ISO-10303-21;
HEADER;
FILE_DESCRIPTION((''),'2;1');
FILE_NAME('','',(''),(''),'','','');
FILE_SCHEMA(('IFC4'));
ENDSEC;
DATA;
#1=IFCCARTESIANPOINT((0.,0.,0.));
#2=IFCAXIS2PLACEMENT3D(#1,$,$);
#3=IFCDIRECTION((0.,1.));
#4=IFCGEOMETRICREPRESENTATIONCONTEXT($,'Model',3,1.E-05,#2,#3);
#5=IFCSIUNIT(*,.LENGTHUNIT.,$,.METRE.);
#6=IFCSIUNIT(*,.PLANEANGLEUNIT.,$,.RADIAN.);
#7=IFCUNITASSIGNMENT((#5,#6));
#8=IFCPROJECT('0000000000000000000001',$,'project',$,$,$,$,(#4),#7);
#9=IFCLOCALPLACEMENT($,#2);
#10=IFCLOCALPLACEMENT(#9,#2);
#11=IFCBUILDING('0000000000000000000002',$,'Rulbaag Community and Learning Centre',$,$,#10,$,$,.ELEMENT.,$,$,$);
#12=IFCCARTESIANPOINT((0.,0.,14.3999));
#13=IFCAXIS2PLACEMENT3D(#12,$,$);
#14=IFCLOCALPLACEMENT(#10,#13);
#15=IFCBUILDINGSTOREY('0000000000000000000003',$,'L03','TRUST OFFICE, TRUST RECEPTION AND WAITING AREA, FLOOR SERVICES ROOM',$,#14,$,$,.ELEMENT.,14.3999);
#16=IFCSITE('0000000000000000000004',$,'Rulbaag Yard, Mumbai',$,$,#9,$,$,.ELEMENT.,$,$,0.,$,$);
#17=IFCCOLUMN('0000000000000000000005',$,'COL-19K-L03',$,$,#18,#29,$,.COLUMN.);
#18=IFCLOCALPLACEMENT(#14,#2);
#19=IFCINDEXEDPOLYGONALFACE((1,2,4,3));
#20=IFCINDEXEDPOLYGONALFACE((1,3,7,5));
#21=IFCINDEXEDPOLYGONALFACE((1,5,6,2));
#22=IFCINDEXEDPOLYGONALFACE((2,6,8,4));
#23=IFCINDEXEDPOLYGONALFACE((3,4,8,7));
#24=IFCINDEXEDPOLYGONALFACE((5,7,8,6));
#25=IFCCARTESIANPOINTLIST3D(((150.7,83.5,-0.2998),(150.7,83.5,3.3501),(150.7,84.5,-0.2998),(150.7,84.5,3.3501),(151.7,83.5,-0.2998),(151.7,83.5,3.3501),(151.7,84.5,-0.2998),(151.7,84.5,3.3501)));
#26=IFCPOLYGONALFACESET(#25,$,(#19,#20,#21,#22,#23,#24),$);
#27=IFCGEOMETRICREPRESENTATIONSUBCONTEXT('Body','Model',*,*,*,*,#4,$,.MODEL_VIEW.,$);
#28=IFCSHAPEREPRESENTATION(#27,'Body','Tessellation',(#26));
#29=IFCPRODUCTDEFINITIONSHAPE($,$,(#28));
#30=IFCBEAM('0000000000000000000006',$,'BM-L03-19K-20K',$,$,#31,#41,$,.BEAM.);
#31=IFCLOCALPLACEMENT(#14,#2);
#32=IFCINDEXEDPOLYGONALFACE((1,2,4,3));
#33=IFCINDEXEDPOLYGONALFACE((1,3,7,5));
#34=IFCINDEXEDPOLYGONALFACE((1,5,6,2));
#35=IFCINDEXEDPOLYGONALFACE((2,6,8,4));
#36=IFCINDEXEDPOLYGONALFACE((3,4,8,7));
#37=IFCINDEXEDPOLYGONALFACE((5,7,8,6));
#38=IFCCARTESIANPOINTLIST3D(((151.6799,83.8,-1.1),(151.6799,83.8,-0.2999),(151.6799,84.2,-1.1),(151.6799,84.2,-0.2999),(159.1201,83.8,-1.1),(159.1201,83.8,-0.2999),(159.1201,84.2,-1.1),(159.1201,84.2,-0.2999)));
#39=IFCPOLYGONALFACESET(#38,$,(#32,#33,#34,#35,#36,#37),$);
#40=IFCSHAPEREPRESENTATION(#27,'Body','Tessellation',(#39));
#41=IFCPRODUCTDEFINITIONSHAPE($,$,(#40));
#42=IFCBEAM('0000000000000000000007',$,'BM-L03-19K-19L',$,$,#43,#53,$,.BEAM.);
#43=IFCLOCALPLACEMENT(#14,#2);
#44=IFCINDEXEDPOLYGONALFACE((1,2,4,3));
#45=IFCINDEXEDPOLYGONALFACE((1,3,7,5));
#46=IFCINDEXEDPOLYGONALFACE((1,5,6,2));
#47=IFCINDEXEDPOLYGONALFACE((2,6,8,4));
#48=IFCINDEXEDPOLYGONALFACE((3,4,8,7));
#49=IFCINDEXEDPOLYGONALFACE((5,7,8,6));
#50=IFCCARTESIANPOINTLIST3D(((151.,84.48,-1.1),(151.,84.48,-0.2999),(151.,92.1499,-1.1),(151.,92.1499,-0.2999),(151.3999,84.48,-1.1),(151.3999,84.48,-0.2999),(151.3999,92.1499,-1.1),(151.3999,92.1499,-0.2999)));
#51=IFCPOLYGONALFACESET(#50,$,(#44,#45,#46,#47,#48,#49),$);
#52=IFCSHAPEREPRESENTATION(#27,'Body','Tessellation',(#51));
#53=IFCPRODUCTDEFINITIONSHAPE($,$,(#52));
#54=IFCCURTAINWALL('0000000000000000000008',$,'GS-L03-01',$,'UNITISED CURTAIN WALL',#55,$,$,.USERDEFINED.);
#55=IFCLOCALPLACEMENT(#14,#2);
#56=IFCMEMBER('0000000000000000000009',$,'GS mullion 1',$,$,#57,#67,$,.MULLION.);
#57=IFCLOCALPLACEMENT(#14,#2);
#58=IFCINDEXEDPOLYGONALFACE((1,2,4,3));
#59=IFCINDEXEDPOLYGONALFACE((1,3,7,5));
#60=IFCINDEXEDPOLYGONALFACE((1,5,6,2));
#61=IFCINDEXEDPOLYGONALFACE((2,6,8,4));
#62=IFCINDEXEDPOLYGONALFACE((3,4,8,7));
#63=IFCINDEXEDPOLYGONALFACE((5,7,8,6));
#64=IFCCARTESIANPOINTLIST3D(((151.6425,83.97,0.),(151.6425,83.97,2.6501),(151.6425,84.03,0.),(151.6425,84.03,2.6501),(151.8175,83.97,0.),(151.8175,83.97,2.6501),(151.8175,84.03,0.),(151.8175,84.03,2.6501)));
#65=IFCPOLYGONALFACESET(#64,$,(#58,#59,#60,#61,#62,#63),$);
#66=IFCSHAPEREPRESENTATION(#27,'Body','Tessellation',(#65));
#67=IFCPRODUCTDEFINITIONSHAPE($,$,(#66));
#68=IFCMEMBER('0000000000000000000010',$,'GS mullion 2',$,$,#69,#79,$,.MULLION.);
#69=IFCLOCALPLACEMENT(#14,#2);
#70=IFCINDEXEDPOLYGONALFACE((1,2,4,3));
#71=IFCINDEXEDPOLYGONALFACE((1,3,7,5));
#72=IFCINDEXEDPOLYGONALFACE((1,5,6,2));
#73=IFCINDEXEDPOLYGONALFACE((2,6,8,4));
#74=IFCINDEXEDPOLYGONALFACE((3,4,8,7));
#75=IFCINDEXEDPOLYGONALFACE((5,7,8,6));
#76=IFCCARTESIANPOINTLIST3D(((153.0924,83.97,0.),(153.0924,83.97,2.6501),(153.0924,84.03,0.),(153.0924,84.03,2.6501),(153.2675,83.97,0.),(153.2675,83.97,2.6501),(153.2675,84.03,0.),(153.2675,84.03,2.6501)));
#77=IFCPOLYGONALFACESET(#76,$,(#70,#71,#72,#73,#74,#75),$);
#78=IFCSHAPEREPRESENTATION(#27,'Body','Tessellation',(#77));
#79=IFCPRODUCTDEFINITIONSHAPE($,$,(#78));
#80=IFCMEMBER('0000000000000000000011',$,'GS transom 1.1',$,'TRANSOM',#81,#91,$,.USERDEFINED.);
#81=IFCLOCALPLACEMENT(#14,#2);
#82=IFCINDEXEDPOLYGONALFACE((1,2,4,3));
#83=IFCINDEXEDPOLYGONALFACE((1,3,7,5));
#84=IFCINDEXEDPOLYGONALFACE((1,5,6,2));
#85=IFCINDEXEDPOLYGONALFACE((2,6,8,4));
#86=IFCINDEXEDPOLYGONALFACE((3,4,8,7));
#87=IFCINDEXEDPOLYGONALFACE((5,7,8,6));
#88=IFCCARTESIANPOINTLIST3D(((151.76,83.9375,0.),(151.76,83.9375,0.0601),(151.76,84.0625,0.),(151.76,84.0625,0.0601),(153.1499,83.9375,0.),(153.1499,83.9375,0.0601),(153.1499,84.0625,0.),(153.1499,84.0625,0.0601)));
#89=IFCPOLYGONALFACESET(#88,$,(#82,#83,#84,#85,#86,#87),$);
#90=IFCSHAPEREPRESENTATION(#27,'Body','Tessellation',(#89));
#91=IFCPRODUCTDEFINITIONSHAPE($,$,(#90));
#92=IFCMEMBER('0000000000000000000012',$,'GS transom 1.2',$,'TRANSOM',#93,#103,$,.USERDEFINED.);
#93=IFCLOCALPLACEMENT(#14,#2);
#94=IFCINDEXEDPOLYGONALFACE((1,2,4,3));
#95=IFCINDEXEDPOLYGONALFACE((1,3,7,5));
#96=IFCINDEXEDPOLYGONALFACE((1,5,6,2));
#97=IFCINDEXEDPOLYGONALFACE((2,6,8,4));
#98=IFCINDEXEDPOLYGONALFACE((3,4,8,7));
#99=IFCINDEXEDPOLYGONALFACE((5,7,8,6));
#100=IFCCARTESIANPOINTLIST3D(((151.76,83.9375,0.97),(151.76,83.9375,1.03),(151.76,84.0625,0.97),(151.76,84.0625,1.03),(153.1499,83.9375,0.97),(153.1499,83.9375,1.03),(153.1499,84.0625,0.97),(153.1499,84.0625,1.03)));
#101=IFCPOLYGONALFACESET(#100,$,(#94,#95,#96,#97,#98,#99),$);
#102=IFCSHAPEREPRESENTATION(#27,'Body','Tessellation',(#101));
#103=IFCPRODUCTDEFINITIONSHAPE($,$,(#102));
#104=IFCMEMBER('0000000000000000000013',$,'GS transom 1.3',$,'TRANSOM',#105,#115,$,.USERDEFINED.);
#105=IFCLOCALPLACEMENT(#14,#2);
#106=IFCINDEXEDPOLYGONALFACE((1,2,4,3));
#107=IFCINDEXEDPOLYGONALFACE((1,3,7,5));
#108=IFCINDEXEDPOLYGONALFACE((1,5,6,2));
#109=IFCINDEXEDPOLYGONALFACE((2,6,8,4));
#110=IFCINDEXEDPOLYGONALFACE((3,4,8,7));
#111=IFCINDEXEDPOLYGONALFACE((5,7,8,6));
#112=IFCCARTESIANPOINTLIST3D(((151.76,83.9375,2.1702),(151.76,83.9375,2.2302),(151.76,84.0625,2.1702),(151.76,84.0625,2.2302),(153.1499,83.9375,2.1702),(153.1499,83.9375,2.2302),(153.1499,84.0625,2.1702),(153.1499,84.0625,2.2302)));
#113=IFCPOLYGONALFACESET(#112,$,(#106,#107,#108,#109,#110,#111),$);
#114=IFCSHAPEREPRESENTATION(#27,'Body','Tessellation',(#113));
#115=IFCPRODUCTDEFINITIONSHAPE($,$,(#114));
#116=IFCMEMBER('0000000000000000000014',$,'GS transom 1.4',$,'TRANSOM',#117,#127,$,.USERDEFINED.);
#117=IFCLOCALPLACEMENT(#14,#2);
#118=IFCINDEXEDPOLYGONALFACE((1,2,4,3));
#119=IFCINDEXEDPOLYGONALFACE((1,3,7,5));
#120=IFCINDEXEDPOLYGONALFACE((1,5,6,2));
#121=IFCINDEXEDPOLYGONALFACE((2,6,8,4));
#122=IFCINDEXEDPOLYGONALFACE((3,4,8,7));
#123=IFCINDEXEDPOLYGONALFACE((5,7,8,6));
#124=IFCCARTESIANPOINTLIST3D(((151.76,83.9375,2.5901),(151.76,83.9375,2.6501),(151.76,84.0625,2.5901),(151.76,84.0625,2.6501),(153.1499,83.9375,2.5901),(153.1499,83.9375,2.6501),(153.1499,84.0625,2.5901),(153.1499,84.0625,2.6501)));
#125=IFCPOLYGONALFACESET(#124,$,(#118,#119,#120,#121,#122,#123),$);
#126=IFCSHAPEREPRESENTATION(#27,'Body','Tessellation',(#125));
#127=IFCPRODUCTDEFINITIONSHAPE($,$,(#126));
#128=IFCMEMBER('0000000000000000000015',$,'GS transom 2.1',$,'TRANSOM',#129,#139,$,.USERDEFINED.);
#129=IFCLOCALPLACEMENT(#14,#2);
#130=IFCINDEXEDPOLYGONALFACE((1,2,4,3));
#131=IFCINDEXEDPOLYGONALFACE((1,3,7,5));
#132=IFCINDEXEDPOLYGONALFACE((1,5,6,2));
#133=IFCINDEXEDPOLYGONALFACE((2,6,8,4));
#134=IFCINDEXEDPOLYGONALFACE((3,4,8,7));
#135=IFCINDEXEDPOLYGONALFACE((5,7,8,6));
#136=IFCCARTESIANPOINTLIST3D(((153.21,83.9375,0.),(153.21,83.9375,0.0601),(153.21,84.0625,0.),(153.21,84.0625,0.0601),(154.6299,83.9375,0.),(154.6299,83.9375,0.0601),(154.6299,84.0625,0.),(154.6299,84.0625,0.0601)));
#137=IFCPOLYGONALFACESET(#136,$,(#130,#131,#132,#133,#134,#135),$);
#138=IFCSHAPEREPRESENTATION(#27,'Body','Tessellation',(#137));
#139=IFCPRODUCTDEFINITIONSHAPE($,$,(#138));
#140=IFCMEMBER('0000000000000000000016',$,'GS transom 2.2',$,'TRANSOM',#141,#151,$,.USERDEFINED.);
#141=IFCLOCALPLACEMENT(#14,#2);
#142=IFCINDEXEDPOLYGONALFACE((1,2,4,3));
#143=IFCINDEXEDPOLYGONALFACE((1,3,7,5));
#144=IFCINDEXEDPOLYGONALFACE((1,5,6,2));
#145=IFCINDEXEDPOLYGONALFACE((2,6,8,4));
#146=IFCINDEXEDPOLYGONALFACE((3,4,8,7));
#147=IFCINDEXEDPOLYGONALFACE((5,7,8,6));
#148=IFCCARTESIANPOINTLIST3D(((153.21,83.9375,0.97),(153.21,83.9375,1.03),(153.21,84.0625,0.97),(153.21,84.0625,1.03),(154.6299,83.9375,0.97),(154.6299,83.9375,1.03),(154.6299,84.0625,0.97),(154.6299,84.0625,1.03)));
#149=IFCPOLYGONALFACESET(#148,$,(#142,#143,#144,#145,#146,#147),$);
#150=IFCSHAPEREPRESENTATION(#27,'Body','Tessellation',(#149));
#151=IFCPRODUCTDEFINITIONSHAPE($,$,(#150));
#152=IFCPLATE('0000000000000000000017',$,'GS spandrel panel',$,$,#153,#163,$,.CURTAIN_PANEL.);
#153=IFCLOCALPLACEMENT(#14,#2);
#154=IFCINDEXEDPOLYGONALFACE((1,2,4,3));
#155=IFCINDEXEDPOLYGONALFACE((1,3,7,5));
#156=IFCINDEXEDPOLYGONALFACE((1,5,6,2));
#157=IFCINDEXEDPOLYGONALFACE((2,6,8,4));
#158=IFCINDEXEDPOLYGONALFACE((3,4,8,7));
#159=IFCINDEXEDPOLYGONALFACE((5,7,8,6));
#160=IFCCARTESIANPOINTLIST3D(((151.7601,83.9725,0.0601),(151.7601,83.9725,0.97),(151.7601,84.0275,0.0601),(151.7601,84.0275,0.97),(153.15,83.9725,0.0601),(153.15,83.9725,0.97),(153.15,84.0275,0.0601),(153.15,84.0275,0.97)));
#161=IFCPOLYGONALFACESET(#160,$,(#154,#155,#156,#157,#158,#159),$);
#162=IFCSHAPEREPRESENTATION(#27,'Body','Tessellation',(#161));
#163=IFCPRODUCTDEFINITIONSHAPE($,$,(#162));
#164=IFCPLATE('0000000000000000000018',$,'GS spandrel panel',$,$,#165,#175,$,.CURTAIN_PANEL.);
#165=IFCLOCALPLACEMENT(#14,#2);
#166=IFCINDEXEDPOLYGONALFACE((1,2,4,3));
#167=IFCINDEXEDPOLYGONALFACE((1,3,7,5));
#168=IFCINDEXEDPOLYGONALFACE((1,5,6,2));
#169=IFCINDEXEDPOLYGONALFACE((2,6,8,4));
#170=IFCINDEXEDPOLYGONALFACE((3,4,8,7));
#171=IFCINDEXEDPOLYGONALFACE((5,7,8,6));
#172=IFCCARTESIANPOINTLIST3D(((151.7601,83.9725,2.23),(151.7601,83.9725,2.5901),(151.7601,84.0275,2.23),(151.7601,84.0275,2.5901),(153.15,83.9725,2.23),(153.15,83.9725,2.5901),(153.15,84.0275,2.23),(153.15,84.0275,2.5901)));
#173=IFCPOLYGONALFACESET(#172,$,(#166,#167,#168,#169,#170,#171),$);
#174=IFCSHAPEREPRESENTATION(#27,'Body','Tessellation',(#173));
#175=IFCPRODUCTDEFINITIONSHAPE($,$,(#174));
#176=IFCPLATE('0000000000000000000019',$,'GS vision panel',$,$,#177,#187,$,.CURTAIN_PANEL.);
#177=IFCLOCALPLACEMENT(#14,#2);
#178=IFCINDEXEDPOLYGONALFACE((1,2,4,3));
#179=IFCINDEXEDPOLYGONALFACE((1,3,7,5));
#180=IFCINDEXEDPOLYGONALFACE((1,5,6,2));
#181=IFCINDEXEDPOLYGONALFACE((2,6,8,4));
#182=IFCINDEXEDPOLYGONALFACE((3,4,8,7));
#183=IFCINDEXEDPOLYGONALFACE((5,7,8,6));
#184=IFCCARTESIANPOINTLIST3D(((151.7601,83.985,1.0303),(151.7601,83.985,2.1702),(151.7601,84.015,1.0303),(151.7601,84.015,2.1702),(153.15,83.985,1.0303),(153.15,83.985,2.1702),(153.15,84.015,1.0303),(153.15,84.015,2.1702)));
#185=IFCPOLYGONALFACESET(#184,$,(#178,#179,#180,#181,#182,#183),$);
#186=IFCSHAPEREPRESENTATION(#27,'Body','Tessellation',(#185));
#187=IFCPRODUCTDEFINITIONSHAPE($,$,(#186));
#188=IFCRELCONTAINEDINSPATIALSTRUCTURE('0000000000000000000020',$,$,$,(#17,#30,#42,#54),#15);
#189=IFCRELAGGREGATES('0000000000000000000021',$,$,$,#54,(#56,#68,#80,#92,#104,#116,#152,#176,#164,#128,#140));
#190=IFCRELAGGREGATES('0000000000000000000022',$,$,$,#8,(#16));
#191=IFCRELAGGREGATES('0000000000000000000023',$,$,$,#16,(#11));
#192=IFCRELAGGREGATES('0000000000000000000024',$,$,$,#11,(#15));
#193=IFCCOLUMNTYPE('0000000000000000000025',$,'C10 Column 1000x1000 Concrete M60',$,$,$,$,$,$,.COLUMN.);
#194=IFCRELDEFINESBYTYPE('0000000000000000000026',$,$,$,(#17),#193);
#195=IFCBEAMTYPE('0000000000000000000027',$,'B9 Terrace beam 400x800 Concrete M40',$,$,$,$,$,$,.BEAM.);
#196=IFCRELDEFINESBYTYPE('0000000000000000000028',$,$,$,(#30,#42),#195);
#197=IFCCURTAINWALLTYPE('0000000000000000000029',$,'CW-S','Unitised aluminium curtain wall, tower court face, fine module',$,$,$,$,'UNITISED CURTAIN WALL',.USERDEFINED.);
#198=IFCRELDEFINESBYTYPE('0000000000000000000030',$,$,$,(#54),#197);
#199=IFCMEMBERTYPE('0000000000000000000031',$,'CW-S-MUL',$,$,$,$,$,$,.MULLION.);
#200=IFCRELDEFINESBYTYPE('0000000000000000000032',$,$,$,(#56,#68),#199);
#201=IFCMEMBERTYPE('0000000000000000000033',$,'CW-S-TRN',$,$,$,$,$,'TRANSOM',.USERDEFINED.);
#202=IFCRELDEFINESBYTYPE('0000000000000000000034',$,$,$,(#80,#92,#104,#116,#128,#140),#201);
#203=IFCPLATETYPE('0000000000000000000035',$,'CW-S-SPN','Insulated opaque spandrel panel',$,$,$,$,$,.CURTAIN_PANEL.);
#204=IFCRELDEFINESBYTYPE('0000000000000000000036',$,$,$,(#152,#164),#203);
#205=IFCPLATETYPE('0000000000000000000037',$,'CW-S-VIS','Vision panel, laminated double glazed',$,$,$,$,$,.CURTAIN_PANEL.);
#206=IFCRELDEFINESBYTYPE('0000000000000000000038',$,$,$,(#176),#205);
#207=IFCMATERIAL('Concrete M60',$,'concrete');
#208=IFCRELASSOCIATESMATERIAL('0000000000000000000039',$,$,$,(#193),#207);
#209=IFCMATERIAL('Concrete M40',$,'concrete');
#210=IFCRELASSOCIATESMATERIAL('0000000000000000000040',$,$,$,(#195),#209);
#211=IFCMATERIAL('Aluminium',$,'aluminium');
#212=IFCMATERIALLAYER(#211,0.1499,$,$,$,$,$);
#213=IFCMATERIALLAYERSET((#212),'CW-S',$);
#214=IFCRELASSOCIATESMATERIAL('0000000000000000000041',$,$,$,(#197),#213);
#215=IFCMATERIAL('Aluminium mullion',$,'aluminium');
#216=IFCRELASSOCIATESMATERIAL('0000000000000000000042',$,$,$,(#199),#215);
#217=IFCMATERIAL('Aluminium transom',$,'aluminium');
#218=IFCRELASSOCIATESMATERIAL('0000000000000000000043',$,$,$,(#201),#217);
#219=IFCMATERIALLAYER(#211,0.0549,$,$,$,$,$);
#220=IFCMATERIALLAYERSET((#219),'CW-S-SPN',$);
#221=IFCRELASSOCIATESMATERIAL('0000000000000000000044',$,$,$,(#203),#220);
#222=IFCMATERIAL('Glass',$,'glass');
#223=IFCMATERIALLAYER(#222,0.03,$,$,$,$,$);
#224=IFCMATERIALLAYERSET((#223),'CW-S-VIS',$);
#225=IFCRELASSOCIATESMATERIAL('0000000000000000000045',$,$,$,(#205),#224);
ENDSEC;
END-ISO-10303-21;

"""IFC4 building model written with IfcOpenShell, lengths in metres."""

from ifc_helpers import new_model, si_unit, direction, frame, origin, origin_2d, place, context, subcontext, project, spatial, rectangle, extrude, material, layer, layer_set, material_profile, profile_set, type_object, element, aggregate, save


model = new_model("IFC4")

# Units and contexts
model_context = context("Model", 3, precision=1e-05, world=origin(), true_north=direction((0.0, 1.0)))
body_context = subcontext(model_context, "Body", "Model", "MODEL_VIEW")
ifc_project = project(units=[si_unit("LENGTHUNIT", "METRE"), si_unit("PLANEANGLEUNIT", "RADIAN")], contexts=[model_context])

# Site, building, storey
site_placement = place(None, origin())
site = spatial("IfcSite", under=ifc_project, at=site_placement, Name="Rulbaag Yard, Mumbai", CompositionType="ELEMENT", RefElevation=0.0)
building_placement = place(site_placement, origin())
building = spatial("IfcBuilding", under=site, at=building_placement, Name="Rulbaag Community and Learning Centre", CompositionType="ELEMENT")
storey_placement = place(building_placement, frame((0.0, 0.0, 14.3999)))
storey = spatial("IfcBuildingStorey", under=building, at=storey_placement, Name="L03", Description="TRUST OFFICE, TRUST RECEPTION AND WAITING AREA, FLOOR SERVICES ROOM", CompositionType="ELEMENT", Elevation=14.3999)

# Column
ifc_material_1 = material(Name="Concrete M60", Category="concrete")
ifc_material_profile_1 = material_profile(ifc_material_1, rectangle(XDim=1.0, YDim=1.0, at=origin_2d()), Name="RC1000x1000")
ifc_profile_set_1 = profile_set([ifc_material_profile_1], Name="Concrete M60")
column_type = type_object("IfcColumnType", Name="C10 Column 1000x1000 Concrete M60", PredefinedType="COLUMN", material=ifc_profile_set_1)
column_placement = place(storey_placement, frame((151.2, 84.0, -0.2998), z_axis=(0.0, 0.0, 1.0), x_axis=(1.0, 0.0, 0.0)))
element("IfcColumn", 1, at=column_placement, inside=storey, type_object=column_type, Name="COL-19K-L03", PredefinedType="COLUMN", context=body_context, shape_type="SweptSolid", body=[
    extrude(rectangle(XDim=1.0, YDim=1.0, at=origin_2d()), origin(), (0.0, 0.0, 1.0), 3.6499),
])

# Beams
ifc_material_2 = material(Name="Concrete M40", Category="concrete")
ifc_material_profile_2 = material_profile(ifc_material_2, rectangle(XDim=0.3999, YDim=0.8, at=origin_2d()), Name="RB400x800")
ifc_profile_set_2 = profile_set([ifc_material_profile_2], Name="Concrete M40")
beam_type = type_object("IfcBeamType", Name="B9 Terrace beam 400x800 Concrete M40", PredefinedType="BEAM", material=ifc_profile_set_2)
beam_1_placement = place(storey_placement, frame((151.6799, 84.0, -0.7), z_axis=(1.0, 0.0, 0.0), x_axis=(0.0, 1.0, 0.0)))
element("IfcBeam", 2, at=beam_1_placement, inside=storey, type_object=beam_type, Name="BM-L03-19K-20K", PredefinedType="BEAM", context=body_context, shape_type="SweptSolid", body=[
    extrude(rectangle(XDim=0.3999, YDim=0.8, at=origin_2d()), origin(), (0.0, 0.0, 1.0), 7.4402),
])
beam_2_placement = place(storey_placement, frame((151.2, 84.48, -0.7), z_axis=(0.0, 1.0, 0.0), x_axis=(-1.0, 0.0, 0.0)))
element("IfcBeam", 3, at=beam_2_placement, inside=storey, type_object=beam_type, Name="BM-L03-19K-19L", PredefinedType="BEAM", context=body_context, shape_type="SweptSolid", body=[
    extrude(rectangle(XDim=0.3999, YDim=0.8, at=origin_2d()), origin(), (0.0, 0.0, 1.0), 7.6699),
])

# Curtain wall, members, plates
ifc_material_3 = material(Name="Aluminium", Category="aluminium")
ifc_layer_1 = layer(ifc_material_3, 0.1499)
ifc_layer_set_1 = layer_set([ifc_layer_1], Name="CW-S")
curtain_wall_type = type_object("IfcCurtainWallType", Name="CW-S", Description="Unitised aluminium curtain wall, tower court face, fine module", ElementType="UNITISED CURTAIN WALL", PredefinedType="USERDEFINED", material=ifc_layer_set_1)
curtain_wall_placement = place(storey_placement, origin())
curtain_wall = element("IfcCurtainWall", 4, at=curtain_wall_placement, inside=storey, type_object=curtain_wall_type, Name="GS-L03-01", ObjectType="UNITISED CURTAIN WALL", PredefinedType="USERDEFINED")
ifc_material_4 = material(Name="Aluminium mullion", Category="aluminium")
ifc_material_profile_3 = material_profile(ifc_material_4, rectangle(XDim=0.0601, YDim=0.175, at=origin_2d()), Name="AL 60x175")
ifc_profile_set_3 = profile_set([ifc_material_profile_3], Name="Aluminium mullion")
member_type_1 = type_object("IfcMemberType", Name="CW-S-MUL", PredefinedType="MULLION", material=ifc_profile_set_3)
member_1_placement = place(storey_placement, frame((151.73, 84.0, 0.0), z_axis=(0.0, 0.0, 1.0), x_axis=(0.0, 1.0, 0.0)))
member_1 = element("IfcMember", 5, at=member_1_placement, type_object=member_type_1, Name="GS mullion 1", PredefinedType="MULLION", context=body_context, shape_type="SweptSolid", body=[
    extrude(rectangle(XDim=0.0601, YDim=0.175, at=origin_2d()), origin(), (0.0, 0.0, 1.0), 2.6501),
])
member_2_placement = place(storey_placement, frame((153.1799, 84.0, 0.0), z_axis=(0.0, 0.0, 1.0), x_axis=(0.0, 1.0, 0.0)))
member_2 = element("IfcMember", 6, at=member_2_placement, type_object=member_type_1, Name="GS mullion 2", PredefinedType="MULLION", context=body_context, shape_type="SweptSolid", body=[
    extrude(rectangle(XDim=0.0601, YDim=0.175, at=origin_2d()), origin(), (0.0, 0.0, 1.0), 2.6501),
])
ifc_material_5 = material(Name="Aluminium transom", Category="aluminium")
ifc_material_profile_4 = material_profile(ifc_material_5, rectangle(XDim=0.125, YDim=0.0601, at=origin_2d()), Name="AL 60x125 T")
ifc_profile_set_4 = profile_set([ifc_material_profile_4], Name="Aluminium transom")
member_type_2 = type_object("IfcMemberType", Name="CW-S-TRN", ElementType="TRANSOM", PredefinedType="USERDEFINED", material=ifc_profile_set_4)
member_3_placement = place(storey_placement, frame((151.76, 84.0, 0.03), z_axis=(1.0, 0.0, 0.0), x_axis=(0.0, 1.0, 0.0)))
member_3 = element("IfcMember", 7, at=member_3_placement, type_object=member_type_2, Name="GS transom 1.1", ObjectType="TRANSOM", PredefinedType="USERDEFINED", context=body_context, shape_type="SweptSolid", body=[
    extrude(rectangle(XDim=0.125, YDim=0.0601, at=origin_2d()), origin(), (0.0, 0.0, 1.0), 1.3899),
])
member_4_placement = place(storey_placement, frame((151.76, 84.0, 1.0), z_axis=(1.0, 0.0, 0.0), x_axis=(0.0, 1.0, 0.0)))
member_4 = element("IfcMember", 8, at=member_4_placement, type_object=member_type_2, Name="GS transom 1.2", ObjectType="TRANSOM", PredefinedType="USERDEFINED", context=body_context, shape_type="SweptSolid", body=[
    extrude(rectangle(XDim=0.125, YDim=0.0601, at=origin_2d()), origin(), (0.0, 0.0, 1.0), 1.3899),
])
member_5_placement = place(storey_placement, frame((151.76, 84.0, 2.2002), z_axis=(1.0, 0.0, 0.0), x_axis=(0.0, 1.0, 0.0)))
member_5 = element("IfcMember", 9, at=member_5_placement, type_object=member_type_2, Name="GS transom 1.3", ObjectType="TRANSOM", PredefinedType="USERDEFINED", context=body_context, shape_type="SweptSolid", body=[
    extrude(rectangle(XDim=0.125, YDim=0.0601, at=origin_2d()), origin(), (0.0, 0.0, 1.0), 1.3899),
])
member_6_placement = place(storey_placement, frame((151.76, 84.0, 2.6201), z_axis=(1.0, 0.0, 0.0), x_axis=(0.0, 1.0, 0.0)))
member_6 = element("IfcMember", 10, at=member_6_placement, type_object=member_type_2, Name="GS transom 1.4", ObjectType="TRANSOM", PredefinedType="USERDEFINED", context=body_context, shape_type="SweptSolid", body=[
    extrude(rectangle(XDim=0.125, YDim=0.0601, at=origin_2d()), origin(), (0.0, 0.0, 1.0), 1.3899),
])
member_7_placement = place(storey_placement, frame((153.21, 84.0, 0.03), z_axis=(1.0, 0.0, 0.0), x_axis=(0.0, 1.0, 0.0)))
member_7 = element("IfcMember", 11, at=member_7_placement, type_object=member_type_2, Name="GS transom 2.1", ObjectType="TRANSOM", PredefinedType="USERDEFINED", context=body_context, shape_type="SweptSolid", body=[
    extrude(rectangle(XDim=0.125, YDim=0.0601, at=origin_2d()), origin(), (0.0, 0.0, 1.0), 1.4199),
])
member_8_placement = place(storey_placement, frame((153.21, 84.0, 1.0), z_axis=(1.0, 0.0, 0.0), x_axis=(0.0, 1.0, 0.0)))
member_8 = element("IfcMember", 12, at=member_8_placement, type_object=member_type_2, Name="GS transom 2.2", ObjectType="TRANSOM", PredefinedType="USERDEFINED", context=body_context, shape_type="SweptSolid", body=[
    extrude(rectangle(XDim=0.125, YDim=0.0601, at=origin_2d()), origin(), (0.0, 0.0, 1.0), 1.4199),
])
ifc_layer_2 = layer(ifc_material_3, 0.0549)
ifc_layer_set_2 = layer_set([ifc_layer_2], Name="CW-S-SPN")
plate_type_1 = type_object("IfcPlateType", Name="CW-S-SPN", Description="Insulated opaque spandrel panel", PredefinedType="CURTAIN_PANEL", material=ifc_layer_set_2)
plate_1_placement = place(storey_placement, frame((152.4551, 84.0, 0.0601), z_axis=(0.0, 0.0, 1.0), x_axis=(1.0, 0.0, 0.0)))
plate_1 = element("IfcPlate", 13, at=plate_1_placement, type_object=plate_type_1, Name="GS spandrel panel", PredefinedType="CURTAIN_PANEL", context=body_context, shape_type="SweptSolid", body=[
    extrude(rectangle(XDim=1.3899, YDim=0.0549, at=origin_2d()), origin(), (0.0, 0.0, 1.0), 0.9099),
])
plate_2_placement = place(storey_placement, frame((152.4551, 84.0, 2.23), z_axis=(0.0, 0.0, 1.0), x_axis=(1.0, 0.0, 0.0)))
plate_2 = element("IfcPlate", 14, at=plate_2_placement, type_object=plate_type_1, Name="GS spandrel panel", PredefinedType="CURTAIN_PANEL", context=body_context, shape_type="SweptSolid", body=[
    extrude(rectangle(XDim=1.3899, YDim=0.0549, at=origin_2d()), origin(), (0.0, 0.0, 1.0), 0.3601),
])
ifc_material_6 = material(Name="Glass", Category="glass")
ifc_layer_3 = layer(ifc_material_6, 0.03)
ifc_layer_set_3 = layer_set([ifc_layer_3], Name="CW-S-VIS")
plate_type_2 = type_object("IfcPlateType", Name="CW-S-VIS", Description="Vision panel, laminated double glazed", PredefinedType="CURTAIN_PANEL", material=ifc_layer_set_3)
plate_3_placement = place(storey_placement, frame((152.4551, 84.0, 1.0303), z_axis=(0.0, 0.0, 1.0), x_axis=(1.0, 0.0, 0.0)))
plate_3 = element("IfcPlate", 15, at=plate_3_placement, type_object=plate_type_2, Name="GS vision panel", PredefinedType="CURTAIN_PANEL", context=body_context, shape_type="SweptSolid", body=[
    extrude(rectangle(XDim=1.3899, YDim=0.03, at=origin_2d()), origin(), (0.0, 0.0, 1.0), 1.1399),
])
aggregate(curtain_wall, [member_1, member_2, member_3, member_4, member_5, member_6, plate_1, plate_3, plate_2, member_7, member_8])

save(model, "model.ifc")
